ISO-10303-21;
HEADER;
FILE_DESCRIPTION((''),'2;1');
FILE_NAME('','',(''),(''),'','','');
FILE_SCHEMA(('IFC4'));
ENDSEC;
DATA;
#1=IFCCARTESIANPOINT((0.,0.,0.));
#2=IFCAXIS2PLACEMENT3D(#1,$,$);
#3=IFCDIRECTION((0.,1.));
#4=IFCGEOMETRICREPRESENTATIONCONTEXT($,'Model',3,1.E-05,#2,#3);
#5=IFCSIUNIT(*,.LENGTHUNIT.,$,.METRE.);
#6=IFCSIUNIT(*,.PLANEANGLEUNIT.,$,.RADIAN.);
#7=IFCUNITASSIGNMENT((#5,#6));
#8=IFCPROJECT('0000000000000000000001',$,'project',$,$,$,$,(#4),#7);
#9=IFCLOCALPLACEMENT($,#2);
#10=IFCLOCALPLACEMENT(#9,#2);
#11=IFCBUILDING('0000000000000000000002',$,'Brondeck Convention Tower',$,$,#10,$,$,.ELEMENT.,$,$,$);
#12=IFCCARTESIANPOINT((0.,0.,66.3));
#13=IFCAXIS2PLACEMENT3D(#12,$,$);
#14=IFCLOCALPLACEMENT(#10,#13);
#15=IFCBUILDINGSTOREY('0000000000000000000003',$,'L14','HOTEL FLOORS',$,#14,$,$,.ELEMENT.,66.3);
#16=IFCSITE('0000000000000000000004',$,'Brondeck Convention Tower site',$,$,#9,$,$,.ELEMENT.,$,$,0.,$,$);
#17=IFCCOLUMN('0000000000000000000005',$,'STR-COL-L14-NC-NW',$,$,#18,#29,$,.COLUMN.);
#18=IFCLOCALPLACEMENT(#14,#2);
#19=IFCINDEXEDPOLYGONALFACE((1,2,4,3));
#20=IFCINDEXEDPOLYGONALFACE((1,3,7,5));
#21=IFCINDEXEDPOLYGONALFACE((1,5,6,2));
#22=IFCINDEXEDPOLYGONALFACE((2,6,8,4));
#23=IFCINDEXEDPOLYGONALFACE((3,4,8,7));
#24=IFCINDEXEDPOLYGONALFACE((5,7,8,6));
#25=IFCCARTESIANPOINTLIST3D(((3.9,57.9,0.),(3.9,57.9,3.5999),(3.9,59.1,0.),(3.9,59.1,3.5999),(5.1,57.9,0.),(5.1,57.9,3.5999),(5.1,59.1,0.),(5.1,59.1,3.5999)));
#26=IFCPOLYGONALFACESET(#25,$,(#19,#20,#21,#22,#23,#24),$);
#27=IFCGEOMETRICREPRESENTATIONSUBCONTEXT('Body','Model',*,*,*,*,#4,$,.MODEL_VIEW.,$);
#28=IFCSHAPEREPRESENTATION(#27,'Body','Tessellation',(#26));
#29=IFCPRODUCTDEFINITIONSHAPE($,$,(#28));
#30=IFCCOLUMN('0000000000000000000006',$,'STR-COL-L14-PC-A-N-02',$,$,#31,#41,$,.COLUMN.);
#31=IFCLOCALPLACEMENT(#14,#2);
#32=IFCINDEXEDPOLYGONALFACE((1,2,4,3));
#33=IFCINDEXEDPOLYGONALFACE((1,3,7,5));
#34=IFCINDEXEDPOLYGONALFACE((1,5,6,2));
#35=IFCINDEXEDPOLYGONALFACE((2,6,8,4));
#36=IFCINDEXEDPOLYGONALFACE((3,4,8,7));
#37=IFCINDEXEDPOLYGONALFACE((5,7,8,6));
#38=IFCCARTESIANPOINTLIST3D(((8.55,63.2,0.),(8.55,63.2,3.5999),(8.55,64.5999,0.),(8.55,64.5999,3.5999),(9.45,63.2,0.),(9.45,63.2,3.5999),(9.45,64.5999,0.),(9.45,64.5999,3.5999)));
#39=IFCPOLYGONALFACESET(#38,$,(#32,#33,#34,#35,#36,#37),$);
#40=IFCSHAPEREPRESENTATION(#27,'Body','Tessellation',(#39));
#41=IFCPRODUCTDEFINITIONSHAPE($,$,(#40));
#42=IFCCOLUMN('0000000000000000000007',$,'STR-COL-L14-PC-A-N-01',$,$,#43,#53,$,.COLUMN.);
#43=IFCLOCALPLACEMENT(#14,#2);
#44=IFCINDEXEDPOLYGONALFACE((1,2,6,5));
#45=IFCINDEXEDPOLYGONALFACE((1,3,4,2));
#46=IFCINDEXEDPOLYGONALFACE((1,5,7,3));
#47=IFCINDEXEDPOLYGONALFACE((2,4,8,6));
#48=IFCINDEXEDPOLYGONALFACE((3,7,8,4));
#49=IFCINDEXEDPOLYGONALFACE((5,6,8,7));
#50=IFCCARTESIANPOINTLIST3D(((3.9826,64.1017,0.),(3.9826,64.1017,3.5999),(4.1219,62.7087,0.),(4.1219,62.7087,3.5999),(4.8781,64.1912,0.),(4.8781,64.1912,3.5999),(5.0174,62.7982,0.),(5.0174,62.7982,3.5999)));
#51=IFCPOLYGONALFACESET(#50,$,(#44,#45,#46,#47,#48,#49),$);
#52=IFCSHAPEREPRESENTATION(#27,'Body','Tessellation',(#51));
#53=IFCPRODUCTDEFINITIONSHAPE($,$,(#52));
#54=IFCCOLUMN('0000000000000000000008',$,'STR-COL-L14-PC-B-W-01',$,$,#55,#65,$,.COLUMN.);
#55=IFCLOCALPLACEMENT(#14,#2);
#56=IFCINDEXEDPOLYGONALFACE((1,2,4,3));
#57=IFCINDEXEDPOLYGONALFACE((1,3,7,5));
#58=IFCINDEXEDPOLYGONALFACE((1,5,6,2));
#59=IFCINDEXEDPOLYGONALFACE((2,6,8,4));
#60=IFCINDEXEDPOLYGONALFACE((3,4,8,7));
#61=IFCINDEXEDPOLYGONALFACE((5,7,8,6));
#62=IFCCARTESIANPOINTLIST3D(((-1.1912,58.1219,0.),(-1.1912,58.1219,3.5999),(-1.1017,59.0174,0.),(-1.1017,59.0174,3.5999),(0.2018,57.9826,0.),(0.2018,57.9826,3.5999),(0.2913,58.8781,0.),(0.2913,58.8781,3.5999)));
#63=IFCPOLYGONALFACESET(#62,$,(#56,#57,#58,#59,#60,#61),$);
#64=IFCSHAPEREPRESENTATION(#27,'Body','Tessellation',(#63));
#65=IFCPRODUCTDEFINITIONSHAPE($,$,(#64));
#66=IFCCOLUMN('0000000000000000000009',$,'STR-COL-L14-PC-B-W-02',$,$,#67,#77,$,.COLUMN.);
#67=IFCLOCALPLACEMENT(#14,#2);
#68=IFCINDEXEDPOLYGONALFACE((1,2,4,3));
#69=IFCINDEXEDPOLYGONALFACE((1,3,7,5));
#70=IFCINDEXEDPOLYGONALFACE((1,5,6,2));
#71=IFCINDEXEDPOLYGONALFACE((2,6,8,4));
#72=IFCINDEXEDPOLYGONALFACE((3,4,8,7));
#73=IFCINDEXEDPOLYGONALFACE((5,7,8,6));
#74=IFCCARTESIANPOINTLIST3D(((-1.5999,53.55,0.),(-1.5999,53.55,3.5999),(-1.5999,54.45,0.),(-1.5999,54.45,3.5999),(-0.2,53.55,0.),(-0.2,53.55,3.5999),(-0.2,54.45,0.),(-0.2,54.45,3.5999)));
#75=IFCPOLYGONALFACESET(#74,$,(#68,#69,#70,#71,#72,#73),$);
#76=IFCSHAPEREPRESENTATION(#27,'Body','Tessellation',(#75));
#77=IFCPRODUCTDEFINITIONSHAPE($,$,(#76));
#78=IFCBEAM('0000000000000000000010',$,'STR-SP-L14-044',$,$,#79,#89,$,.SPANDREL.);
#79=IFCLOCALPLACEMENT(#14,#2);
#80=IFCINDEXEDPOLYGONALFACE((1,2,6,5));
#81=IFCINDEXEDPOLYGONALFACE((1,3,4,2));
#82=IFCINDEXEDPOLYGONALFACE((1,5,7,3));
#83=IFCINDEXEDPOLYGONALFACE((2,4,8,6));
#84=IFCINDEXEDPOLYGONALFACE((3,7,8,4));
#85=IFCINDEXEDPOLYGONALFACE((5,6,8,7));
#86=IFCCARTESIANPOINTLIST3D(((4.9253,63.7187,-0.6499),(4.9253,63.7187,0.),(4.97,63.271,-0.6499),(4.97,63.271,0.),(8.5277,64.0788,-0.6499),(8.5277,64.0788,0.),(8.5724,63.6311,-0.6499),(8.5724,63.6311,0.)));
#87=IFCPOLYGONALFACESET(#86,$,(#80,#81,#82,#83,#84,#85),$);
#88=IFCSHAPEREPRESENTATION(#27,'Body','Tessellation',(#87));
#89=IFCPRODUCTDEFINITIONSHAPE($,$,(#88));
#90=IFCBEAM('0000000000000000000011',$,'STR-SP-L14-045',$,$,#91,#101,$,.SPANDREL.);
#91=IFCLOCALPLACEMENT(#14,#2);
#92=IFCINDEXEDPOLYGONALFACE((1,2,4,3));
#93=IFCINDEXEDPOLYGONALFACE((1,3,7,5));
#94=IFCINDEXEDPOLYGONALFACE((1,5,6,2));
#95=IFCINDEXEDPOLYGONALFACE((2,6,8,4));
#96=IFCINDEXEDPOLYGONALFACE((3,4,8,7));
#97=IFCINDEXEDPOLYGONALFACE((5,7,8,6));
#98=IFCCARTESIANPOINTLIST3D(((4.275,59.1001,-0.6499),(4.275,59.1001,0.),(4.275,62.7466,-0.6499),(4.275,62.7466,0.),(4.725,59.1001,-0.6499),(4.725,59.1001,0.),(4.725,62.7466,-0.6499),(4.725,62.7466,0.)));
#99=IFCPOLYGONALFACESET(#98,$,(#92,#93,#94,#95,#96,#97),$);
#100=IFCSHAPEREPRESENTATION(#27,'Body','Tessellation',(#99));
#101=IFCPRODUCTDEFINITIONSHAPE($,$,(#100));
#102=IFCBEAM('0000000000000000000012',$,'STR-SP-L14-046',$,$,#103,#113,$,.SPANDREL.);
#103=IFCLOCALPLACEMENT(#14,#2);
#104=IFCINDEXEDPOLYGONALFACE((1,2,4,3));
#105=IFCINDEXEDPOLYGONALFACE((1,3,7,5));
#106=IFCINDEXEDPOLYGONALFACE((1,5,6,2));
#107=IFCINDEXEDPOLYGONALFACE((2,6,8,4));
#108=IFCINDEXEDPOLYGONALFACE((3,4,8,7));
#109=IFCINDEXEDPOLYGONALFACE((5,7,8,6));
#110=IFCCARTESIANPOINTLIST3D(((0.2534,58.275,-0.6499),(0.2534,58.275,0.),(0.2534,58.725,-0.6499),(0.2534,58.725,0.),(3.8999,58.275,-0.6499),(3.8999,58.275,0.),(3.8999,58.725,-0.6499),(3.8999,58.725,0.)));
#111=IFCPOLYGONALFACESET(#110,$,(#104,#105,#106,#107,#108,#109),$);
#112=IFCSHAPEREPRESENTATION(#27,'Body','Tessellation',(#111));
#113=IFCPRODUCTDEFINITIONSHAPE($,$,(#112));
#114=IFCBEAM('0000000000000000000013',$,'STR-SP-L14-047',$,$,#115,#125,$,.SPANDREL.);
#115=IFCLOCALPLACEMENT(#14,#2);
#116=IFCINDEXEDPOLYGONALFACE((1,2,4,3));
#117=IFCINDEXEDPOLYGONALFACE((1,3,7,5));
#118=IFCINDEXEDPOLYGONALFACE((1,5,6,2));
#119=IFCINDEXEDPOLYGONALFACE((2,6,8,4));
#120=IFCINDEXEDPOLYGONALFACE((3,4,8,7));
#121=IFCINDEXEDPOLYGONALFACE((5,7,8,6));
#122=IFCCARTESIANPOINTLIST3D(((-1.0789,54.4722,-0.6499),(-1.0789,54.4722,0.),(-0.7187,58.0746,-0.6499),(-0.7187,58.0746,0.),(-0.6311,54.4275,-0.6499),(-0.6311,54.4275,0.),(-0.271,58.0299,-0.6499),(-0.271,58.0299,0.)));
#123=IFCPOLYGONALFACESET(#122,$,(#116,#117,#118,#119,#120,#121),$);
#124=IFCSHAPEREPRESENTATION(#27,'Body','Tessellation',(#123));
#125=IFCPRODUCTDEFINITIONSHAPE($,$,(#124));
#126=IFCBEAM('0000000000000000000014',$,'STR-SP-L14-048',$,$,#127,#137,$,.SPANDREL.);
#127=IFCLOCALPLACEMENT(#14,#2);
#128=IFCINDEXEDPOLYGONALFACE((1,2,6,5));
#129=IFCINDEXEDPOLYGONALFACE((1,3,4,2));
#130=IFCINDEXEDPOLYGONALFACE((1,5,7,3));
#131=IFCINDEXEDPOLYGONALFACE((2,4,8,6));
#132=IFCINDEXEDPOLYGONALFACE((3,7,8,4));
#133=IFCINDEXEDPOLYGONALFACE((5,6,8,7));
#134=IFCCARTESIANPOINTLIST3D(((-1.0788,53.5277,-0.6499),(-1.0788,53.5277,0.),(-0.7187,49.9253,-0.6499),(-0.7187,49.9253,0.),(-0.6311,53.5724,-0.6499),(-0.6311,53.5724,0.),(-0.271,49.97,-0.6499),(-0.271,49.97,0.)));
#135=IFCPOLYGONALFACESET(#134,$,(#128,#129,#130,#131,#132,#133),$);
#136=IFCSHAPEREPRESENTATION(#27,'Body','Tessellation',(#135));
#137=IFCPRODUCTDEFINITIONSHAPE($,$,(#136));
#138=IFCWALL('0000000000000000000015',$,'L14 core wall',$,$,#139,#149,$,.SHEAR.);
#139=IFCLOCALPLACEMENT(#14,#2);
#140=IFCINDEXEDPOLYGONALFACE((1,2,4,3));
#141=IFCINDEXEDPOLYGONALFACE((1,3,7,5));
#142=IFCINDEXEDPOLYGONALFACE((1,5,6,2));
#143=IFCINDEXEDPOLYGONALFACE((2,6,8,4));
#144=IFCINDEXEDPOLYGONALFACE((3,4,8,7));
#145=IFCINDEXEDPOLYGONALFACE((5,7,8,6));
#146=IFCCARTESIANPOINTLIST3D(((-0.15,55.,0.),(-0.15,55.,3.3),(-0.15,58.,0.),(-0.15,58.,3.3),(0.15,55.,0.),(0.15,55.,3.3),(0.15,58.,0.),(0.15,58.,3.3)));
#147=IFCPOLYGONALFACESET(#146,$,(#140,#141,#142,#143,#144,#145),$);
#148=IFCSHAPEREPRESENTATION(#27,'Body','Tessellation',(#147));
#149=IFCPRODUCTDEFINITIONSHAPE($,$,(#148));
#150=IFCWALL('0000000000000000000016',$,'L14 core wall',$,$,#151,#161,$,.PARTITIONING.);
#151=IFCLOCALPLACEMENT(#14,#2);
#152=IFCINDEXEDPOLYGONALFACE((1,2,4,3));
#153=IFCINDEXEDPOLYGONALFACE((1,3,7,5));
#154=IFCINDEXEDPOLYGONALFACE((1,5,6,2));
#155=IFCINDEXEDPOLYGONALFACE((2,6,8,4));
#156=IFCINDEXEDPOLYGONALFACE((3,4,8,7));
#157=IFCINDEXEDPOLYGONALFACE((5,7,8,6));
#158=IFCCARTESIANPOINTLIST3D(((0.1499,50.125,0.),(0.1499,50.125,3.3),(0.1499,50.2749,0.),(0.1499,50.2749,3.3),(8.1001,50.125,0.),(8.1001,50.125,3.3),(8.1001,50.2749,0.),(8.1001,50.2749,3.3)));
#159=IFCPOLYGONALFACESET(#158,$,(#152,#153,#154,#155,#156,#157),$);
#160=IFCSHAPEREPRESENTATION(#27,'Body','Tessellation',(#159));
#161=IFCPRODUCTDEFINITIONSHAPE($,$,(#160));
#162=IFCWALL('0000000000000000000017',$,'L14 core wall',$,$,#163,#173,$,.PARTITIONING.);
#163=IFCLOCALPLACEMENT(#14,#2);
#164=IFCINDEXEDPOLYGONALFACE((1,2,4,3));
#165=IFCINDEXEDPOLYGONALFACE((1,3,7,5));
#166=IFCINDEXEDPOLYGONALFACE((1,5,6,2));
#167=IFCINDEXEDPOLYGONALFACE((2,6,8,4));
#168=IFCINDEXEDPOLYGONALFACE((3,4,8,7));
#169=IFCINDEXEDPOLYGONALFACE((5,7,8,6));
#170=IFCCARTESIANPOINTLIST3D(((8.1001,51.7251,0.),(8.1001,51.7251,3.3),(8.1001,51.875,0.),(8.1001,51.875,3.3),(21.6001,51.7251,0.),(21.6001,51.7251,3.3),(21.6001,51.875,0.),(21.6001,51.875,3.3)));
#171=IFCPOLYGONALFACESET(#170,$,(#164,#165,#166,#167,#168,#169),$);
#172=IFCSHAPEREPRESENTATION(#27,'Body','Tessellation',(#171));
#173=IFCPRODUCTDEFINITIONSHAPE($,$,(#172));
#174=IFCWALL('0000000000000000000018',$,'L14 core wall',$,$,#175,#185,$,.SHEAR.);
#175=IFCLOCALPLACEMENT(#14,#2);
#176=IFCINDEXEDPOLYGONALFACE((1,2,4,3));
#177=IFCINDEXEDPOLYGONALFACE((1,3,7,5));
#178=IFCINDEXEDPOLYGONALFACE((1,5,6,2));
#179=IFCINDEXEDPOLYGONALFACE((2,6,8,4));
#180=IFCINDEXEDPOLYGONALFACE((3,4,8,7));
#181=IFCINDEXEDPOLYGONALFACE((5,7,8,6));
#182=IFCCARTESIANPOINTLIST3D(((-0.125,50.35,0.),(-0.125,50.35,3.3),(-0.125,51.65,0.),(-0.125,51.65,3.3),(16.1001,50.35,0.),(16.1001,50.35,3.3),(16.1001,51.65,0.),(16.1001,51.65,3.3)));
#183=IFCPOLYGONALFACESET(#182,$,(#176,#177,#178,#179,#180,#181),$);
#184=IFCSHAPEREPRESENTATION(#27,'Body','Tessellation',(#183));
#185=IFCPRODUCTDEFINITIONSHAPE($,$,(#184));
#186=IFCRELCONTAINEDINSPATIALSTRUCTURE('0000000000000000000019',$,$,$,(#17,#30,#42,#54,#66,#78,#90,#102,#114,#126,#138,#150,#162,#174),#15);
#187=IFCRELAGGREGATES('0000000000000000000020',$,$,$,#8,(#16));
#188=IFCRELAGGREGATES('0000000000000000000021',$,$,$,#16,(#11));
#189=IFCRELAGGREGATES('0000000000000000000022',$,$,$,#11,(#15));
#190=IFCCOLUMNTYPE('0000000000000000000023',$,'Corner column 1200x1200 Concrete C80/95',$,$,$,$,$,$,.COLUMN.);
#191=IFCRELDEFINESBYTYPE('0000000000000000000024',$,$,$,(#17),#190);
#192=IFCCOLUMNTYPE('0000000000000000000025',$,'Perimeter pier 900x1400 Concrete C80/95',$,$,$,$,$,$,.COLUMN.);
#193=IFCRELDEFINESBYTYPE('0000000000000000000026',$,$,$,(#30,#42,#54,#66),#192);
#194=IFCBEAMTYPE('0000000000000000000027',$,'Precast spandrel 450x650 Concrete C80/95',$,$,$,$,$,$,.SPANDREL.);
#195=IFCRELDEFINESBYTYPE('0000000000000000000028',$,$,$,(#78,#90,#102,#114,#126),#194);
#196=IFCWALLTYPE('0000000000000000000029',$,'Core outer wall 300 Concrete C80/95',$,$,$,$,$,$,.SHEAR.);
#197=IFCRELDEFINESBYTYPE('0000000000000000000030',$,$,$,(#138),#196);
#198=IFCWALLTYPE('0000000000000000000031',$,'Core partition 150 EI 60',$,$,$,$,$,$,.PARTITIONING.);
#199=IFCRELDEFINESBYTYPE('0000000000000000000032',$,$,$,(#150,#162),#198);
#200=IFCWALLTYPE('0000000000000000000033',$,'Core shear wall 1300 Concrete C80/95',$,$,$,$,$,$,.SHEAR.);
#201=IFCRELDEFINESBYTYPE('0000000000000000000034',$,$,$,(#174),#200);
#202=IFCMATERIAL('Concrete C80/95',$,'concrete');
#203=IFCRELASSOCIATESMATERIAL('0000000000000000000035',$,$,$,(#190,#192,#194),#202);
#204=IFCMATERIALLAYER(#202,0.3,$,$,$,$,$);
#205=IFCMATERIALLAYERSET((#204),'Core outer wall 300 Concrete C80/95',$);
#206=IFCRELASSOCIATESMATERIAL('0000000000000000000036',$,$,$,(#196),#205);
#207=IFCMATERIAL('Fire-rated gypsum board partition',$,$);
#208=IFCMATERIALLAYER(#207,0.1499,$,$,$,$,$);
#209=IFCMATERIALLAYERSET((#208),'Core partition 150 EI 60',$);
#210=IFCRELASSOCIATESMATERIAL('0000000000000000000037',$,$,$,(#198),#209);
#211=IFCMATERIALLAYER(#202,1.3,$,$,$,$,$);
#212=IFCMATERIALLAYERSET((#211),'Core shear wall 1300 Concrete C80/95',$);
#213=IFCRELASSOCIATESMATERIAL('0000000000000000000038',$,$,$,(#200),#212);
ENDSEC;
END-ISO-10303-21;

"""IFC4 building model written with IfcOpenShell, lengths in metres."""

from ifc_helpers import new_model, si_unit, direction, frame, frame_2d, origin, origin_2d, place, context, subcontext, project, spatial, rectangle, extrude, material, layer, layer_set, material_profile, profile_set, type_object, element, save


model = new_model("IFC4")

# Units and contexts
model_context = context("Model", 3, precision=1e-05, world=origin(), true_north=direction((0.0, 1.0)))
body_context = subcontext(model_context, "Body", "Model", "MODEL_VIEW")
ifc_project = project(units=[si_unit("LENGTHUNIT", "METRE"), si_unit("PLANEANGLEUNIT", "RADIAN")], contexts=[model_context])

# Site, building, storey
site_placement = place(None, origin())
site = spatial("IfcSite", under=ifc_project, at=site_placement, Name="Brondeck Convention Tower site", CompositionType="ELEMENT", RefElevation=0.0)
building_placement = place(site_placement, origin())
building = spatial("IfcBuilding", under=site, at=building_placement, Name="Brondeck Convention Tower", CompositionType="ELEMENT")
storey_placement = place(building_placement, frame((0.0, 0.0, 66.3)))
storey = spatial("IfcBuildingStorey", under=building, at=storey_placement, Name="L14", Description="HOTEL FLOORS", CompositionType="ELEMENT", Elevation=66.3)

# Columns
ifc_material_1 = material(Name="Concrete C80/95", Category="concrete")
ifc_material_profile_1 = material_profile(ifc_material_1, rectangle(XDim=1.2, YDim=1.2, at=origin_2d()), Name="Corner column 1200x1200 Concrete C80/95")
ifc_profile_set_1 = profile_set([ifc_material_profile_1], Name="Concrete C80/95")
column_type_1 = type_object("IfcColumnType", Name="Corner column 1200x1200 Concrete C80/95", PredefinedType="COLUMN", material=ifc_profile_set_1)
column_placement = place(storey_placement, frame((4.5, 58.5, 0.0), z_axis=(0.0, 0.0, 1.0), x_axis=(1.0, 0.0, 0.0)))
element("IfcColumn", 1, at=column_placement, inside=storey, type_object=column_type_1, Name="STR-COL-L14-NC-NW", PredefinedType="COLUMN", context=body_context, shape_type="SweptSolid", body=[
    extrude(rectangle(XDim=1.2, YDim=1.2, at=origin_2d()), origin(), (0.0, 0.0, 1.0), 3.5999),
])
ifc_material_profile_2 = material_profile(ifc_material_1, rectangle(XDim=0.8999, YDim=1.3999, at=origin_2d()), Name="Perimeter pier 900x1400 Concrete C80/95")
ifc_profile_set_2 = profile_set([ifc_material_profile_2], Name="Concrete C80/95")
column_type_2 = type_object("IfcColumnType", Name="Perimeter pier 900x1400 Concrete C80/95", PredefinedType="COLUMN", material=ifc_profile_set_2)
for number, where, z_axis, x_axis, name in (
    (2, (9.0, 63.8999, 0.0), (0.0, 0.0, 1.0), (-1.0, 0.0, 0.0), "STR-COL-L14-PC-A-N-02"),
    (3, (4.5, 63.45, 0.0), (0.0, 0.0, 1.0), (-0.995037, -0.099504, 0.0), "STR-COL-L14-PC-A-N-01"),
    (4, (-0.45, 58.5, 0.0), (0.0, 0.0, 1.0), (-0.099504, -0.995037, 0.0), "STR-COL-L14-PC-B-W-01"),
    (5, (-0.8999, 54.0, 0.0), (0.0, 0.0, 1.0), (0.0, -1.0, 0.0), "STR-COL-L14-PC-B-W-02"),
):
    element("IfcColumn", number, at=place(storey_placement, frame(where, z_axis=z_axis, x_axis=x_axis)), inside=storey, type_object=column_type_2, Name=name, PredefinedType="COLUMN", context=body_context, shape_type="SweptSolid", body=[
        extrude(rectangle(XDim=0.8999, YDim=1.3999, at=origin_2d()), origin(), (0.0, 0.0, 1.0), 3.5999),
    ])

# Beams
ifc_material_profile_3 = material_profile(ifc_material_1, rectangle(XDim=0.45, YDim=0.6499, at=origin_2d()), Name="Precast spandrel 450x650 Concrete C80/95")
ifc_profile_set_3 = profile_set([ifc_material_profile_3], Name="Concrete C80/95")
beam_type = type_object("IfcBeamType", Name="Precast spandrel 450x650 Concrete C80/95", PredefinedType="SPANDREL", material=ifc_profile_set_3)
beam_placement = place(storey_placement, frame((8.55, 63.855, -0.325), z_axis=(-0.995041, -0.09947, 0.0), x_axis=(0.09947, -0.995041, 0.0)))
element("IfcBeam", 6, at=beam_placement, inside=storey, type_object=beam_type, Name="STR-SP-L14-044", PredefinedType="SPANDREL", context=body_context, shape_type="SweptSolid", body=[
    extrude(rectangle(XDim=0.45, YDim=0.6499, at=origin_2d()), origin(), (0.0, 0.0, 1.0), 3.6204),
])
for number, where, z_axis, x_axis, name in (
    (7, (4.5, 62.7466, -0.325), (0.0, -1.0, 0.0), (1.0, 0.0, 0.0), "STR-SP-L14-045"),
    (8, (3.8999, 58.5, -0.325), (-1.0, 0.0, 0.0), (0.0, -1.0, 0.0), "STR-SP-L14-046"),
):
    element("IfcBeam", number, at=place(storey_placement, frame(where, z_axis=z_axis, x_axis=x_axis)), inside=storey, type_object=beam_type, Name=name, PredefinedType="SPANDREL", context=body_context, shape_type="SweptSolid", body=[
        extrude(rectangle(XDim=0.45, YDim=0.6499, at=origin_2d()), origin(), (0.0, 0.0, 1.0), 3.6465),
    ])
for number, where, z_axis, x_axis, name in (
    (9, (-0.4949, 58.0522, -0.325), (-0.09947, -0.995041, 0.0), (0.995041, -0.09947, 0.0), "STR-SP-L14-047"),
    (10, (-0.855, 53.55, -0.325), (0.09947, -0.995041, 0.0), (0.995041, 0.09947, 0.0), "STR-SP-L14-048"),
):
    element("IfcBeam", number, at=place(storey_placement, frame(where, z_axis=z_axis, x_axis=x_axis)), inside=storey, type_object=beam_type, Name=name, PredefinedType="SPANDREL", context=body_context, shape_type="SweptSolid", body=[
        extrude(rectangle(XDim=0.45, YDim=0.6499, at=origin_2d()), origin(), (0.0, 0.0, 1.0), 3.6204),
    ])

# Walls
ifc_layer_1 = layer(ifc_material_1, 0.3)
ifc_layer_set_1 = layer_set([ifc_layer_1], Name="Core outer wall 300 Concrete C80/95")
wall_type_1 = type_object("IfcWallType", Name="Core outer wall 300 Concrete C80/95", PredefinedType="SHEAR", material=ifc_layer_set_1)
wall_1_placement = place(storey_placement, frame((0.0, 55.0, 0.0), z_axis=(0.0, 0.0, 1.0), x_axis=(0.0, 1.0, 0.0)))
element("IfcWall", 11, at=wall_1_placement, inside=storey, type_object=wall_type_1, Name="L14 core wall", PredefinedType="SHEAR", context=body_context, shape_type="SweptSolid", body=[
    extrude(rectangle(XDim=3.0, YDim=0.3, at=frame_2d((1.5, 0.0))), origin(), (0.0, 0.0, 1.0), 3.3),
])
ifc_material_2 = material(Name="Fire-rated gypsum board partition")
ifc_layer_2 = layer(ifc_material_2, 0.1499)
ifc_layer_set_2 = layer_set([ifc_layer_2], Name="Core partition 150 EI 60")
wall_type_2 = type_object("IfcWallType", Name="Core partition 150 EI 60", PredefinedType="PARTITIONING", material=ifc_layer_set_2)
wall_2_placement = place(storey_placement, frame((0.1499, 50.2, 0.0), z_axis=(0.0, 0.0, 1.0), x_axis=(1.0, 0.0, 0.0)))
element("IfcWall", 12, at=wall_2_placement, inside=storey, type_object=wall_type_2, Name="L14 core wall", PredefinedType="PARTITIONING", context=body_context, shape_type="SweptSolid", body=[
    extrude(rectangle(XDim=7.9502, YDim=0.1499, at=frame_2d((3.9751, 0.0))), origin(), (0.0, 0.0, 1.0), 3.3),
])
wall_3_placement = place(storey_placement, frame((8.1001, 51.8, 0.0), z_axis=(0.0, 0.0, 1.0), x_axis=(1.0, 0.0, 0.0)))
element("IfcWall", 13, at=wall_3_placement, inside=storey, type_object=wall_type_2, Name="L14 core wall", PredefinedType="PARTITIONING", context=body_context, shape_type="SweptSolid", body=[
    extrude(rectangle(XDim=13.5, YDim=0.1499, at=frame_2d((6.75, 0.0))), origin(), (0.0, 0.0, 1.0), 3.3),
])
ifc_layer_3 = layer(ifc_material_1, 1.3)
ifc_layer_set_3 = layer_set([ifc_layer_3], Name="Core shear wall 1300 Concrete C80/95")
wall_type_3 = type_object("IfcWallType", Name="Core shear wall 1300 Concrete C80/95", PredefinedType="SHEAR", material=ifc_layer_set_3)
wall_4_placement = place(storey_placement, frame((-0.125, 51.0, 0.0), z_axis=(0.0, 0.0, 1.0), x_axis=(1.0, 0.0, 0.0)))
element("IfcWall", 14, at=wall_4_placement, inside=storey, type_object=wall_type_3, Name="L14 core wall", PredefinedType="SHEAR", context=body_context, shape_type="SweptSolid", body=[
    extrude(rectangle(XDim=16.2251, YDim=1.3, at=frame_2d((8.1125, 0.0))), origin(), (0.0, 0.0, 1.0), 3.3),
])

save(model, "model.ifc")
